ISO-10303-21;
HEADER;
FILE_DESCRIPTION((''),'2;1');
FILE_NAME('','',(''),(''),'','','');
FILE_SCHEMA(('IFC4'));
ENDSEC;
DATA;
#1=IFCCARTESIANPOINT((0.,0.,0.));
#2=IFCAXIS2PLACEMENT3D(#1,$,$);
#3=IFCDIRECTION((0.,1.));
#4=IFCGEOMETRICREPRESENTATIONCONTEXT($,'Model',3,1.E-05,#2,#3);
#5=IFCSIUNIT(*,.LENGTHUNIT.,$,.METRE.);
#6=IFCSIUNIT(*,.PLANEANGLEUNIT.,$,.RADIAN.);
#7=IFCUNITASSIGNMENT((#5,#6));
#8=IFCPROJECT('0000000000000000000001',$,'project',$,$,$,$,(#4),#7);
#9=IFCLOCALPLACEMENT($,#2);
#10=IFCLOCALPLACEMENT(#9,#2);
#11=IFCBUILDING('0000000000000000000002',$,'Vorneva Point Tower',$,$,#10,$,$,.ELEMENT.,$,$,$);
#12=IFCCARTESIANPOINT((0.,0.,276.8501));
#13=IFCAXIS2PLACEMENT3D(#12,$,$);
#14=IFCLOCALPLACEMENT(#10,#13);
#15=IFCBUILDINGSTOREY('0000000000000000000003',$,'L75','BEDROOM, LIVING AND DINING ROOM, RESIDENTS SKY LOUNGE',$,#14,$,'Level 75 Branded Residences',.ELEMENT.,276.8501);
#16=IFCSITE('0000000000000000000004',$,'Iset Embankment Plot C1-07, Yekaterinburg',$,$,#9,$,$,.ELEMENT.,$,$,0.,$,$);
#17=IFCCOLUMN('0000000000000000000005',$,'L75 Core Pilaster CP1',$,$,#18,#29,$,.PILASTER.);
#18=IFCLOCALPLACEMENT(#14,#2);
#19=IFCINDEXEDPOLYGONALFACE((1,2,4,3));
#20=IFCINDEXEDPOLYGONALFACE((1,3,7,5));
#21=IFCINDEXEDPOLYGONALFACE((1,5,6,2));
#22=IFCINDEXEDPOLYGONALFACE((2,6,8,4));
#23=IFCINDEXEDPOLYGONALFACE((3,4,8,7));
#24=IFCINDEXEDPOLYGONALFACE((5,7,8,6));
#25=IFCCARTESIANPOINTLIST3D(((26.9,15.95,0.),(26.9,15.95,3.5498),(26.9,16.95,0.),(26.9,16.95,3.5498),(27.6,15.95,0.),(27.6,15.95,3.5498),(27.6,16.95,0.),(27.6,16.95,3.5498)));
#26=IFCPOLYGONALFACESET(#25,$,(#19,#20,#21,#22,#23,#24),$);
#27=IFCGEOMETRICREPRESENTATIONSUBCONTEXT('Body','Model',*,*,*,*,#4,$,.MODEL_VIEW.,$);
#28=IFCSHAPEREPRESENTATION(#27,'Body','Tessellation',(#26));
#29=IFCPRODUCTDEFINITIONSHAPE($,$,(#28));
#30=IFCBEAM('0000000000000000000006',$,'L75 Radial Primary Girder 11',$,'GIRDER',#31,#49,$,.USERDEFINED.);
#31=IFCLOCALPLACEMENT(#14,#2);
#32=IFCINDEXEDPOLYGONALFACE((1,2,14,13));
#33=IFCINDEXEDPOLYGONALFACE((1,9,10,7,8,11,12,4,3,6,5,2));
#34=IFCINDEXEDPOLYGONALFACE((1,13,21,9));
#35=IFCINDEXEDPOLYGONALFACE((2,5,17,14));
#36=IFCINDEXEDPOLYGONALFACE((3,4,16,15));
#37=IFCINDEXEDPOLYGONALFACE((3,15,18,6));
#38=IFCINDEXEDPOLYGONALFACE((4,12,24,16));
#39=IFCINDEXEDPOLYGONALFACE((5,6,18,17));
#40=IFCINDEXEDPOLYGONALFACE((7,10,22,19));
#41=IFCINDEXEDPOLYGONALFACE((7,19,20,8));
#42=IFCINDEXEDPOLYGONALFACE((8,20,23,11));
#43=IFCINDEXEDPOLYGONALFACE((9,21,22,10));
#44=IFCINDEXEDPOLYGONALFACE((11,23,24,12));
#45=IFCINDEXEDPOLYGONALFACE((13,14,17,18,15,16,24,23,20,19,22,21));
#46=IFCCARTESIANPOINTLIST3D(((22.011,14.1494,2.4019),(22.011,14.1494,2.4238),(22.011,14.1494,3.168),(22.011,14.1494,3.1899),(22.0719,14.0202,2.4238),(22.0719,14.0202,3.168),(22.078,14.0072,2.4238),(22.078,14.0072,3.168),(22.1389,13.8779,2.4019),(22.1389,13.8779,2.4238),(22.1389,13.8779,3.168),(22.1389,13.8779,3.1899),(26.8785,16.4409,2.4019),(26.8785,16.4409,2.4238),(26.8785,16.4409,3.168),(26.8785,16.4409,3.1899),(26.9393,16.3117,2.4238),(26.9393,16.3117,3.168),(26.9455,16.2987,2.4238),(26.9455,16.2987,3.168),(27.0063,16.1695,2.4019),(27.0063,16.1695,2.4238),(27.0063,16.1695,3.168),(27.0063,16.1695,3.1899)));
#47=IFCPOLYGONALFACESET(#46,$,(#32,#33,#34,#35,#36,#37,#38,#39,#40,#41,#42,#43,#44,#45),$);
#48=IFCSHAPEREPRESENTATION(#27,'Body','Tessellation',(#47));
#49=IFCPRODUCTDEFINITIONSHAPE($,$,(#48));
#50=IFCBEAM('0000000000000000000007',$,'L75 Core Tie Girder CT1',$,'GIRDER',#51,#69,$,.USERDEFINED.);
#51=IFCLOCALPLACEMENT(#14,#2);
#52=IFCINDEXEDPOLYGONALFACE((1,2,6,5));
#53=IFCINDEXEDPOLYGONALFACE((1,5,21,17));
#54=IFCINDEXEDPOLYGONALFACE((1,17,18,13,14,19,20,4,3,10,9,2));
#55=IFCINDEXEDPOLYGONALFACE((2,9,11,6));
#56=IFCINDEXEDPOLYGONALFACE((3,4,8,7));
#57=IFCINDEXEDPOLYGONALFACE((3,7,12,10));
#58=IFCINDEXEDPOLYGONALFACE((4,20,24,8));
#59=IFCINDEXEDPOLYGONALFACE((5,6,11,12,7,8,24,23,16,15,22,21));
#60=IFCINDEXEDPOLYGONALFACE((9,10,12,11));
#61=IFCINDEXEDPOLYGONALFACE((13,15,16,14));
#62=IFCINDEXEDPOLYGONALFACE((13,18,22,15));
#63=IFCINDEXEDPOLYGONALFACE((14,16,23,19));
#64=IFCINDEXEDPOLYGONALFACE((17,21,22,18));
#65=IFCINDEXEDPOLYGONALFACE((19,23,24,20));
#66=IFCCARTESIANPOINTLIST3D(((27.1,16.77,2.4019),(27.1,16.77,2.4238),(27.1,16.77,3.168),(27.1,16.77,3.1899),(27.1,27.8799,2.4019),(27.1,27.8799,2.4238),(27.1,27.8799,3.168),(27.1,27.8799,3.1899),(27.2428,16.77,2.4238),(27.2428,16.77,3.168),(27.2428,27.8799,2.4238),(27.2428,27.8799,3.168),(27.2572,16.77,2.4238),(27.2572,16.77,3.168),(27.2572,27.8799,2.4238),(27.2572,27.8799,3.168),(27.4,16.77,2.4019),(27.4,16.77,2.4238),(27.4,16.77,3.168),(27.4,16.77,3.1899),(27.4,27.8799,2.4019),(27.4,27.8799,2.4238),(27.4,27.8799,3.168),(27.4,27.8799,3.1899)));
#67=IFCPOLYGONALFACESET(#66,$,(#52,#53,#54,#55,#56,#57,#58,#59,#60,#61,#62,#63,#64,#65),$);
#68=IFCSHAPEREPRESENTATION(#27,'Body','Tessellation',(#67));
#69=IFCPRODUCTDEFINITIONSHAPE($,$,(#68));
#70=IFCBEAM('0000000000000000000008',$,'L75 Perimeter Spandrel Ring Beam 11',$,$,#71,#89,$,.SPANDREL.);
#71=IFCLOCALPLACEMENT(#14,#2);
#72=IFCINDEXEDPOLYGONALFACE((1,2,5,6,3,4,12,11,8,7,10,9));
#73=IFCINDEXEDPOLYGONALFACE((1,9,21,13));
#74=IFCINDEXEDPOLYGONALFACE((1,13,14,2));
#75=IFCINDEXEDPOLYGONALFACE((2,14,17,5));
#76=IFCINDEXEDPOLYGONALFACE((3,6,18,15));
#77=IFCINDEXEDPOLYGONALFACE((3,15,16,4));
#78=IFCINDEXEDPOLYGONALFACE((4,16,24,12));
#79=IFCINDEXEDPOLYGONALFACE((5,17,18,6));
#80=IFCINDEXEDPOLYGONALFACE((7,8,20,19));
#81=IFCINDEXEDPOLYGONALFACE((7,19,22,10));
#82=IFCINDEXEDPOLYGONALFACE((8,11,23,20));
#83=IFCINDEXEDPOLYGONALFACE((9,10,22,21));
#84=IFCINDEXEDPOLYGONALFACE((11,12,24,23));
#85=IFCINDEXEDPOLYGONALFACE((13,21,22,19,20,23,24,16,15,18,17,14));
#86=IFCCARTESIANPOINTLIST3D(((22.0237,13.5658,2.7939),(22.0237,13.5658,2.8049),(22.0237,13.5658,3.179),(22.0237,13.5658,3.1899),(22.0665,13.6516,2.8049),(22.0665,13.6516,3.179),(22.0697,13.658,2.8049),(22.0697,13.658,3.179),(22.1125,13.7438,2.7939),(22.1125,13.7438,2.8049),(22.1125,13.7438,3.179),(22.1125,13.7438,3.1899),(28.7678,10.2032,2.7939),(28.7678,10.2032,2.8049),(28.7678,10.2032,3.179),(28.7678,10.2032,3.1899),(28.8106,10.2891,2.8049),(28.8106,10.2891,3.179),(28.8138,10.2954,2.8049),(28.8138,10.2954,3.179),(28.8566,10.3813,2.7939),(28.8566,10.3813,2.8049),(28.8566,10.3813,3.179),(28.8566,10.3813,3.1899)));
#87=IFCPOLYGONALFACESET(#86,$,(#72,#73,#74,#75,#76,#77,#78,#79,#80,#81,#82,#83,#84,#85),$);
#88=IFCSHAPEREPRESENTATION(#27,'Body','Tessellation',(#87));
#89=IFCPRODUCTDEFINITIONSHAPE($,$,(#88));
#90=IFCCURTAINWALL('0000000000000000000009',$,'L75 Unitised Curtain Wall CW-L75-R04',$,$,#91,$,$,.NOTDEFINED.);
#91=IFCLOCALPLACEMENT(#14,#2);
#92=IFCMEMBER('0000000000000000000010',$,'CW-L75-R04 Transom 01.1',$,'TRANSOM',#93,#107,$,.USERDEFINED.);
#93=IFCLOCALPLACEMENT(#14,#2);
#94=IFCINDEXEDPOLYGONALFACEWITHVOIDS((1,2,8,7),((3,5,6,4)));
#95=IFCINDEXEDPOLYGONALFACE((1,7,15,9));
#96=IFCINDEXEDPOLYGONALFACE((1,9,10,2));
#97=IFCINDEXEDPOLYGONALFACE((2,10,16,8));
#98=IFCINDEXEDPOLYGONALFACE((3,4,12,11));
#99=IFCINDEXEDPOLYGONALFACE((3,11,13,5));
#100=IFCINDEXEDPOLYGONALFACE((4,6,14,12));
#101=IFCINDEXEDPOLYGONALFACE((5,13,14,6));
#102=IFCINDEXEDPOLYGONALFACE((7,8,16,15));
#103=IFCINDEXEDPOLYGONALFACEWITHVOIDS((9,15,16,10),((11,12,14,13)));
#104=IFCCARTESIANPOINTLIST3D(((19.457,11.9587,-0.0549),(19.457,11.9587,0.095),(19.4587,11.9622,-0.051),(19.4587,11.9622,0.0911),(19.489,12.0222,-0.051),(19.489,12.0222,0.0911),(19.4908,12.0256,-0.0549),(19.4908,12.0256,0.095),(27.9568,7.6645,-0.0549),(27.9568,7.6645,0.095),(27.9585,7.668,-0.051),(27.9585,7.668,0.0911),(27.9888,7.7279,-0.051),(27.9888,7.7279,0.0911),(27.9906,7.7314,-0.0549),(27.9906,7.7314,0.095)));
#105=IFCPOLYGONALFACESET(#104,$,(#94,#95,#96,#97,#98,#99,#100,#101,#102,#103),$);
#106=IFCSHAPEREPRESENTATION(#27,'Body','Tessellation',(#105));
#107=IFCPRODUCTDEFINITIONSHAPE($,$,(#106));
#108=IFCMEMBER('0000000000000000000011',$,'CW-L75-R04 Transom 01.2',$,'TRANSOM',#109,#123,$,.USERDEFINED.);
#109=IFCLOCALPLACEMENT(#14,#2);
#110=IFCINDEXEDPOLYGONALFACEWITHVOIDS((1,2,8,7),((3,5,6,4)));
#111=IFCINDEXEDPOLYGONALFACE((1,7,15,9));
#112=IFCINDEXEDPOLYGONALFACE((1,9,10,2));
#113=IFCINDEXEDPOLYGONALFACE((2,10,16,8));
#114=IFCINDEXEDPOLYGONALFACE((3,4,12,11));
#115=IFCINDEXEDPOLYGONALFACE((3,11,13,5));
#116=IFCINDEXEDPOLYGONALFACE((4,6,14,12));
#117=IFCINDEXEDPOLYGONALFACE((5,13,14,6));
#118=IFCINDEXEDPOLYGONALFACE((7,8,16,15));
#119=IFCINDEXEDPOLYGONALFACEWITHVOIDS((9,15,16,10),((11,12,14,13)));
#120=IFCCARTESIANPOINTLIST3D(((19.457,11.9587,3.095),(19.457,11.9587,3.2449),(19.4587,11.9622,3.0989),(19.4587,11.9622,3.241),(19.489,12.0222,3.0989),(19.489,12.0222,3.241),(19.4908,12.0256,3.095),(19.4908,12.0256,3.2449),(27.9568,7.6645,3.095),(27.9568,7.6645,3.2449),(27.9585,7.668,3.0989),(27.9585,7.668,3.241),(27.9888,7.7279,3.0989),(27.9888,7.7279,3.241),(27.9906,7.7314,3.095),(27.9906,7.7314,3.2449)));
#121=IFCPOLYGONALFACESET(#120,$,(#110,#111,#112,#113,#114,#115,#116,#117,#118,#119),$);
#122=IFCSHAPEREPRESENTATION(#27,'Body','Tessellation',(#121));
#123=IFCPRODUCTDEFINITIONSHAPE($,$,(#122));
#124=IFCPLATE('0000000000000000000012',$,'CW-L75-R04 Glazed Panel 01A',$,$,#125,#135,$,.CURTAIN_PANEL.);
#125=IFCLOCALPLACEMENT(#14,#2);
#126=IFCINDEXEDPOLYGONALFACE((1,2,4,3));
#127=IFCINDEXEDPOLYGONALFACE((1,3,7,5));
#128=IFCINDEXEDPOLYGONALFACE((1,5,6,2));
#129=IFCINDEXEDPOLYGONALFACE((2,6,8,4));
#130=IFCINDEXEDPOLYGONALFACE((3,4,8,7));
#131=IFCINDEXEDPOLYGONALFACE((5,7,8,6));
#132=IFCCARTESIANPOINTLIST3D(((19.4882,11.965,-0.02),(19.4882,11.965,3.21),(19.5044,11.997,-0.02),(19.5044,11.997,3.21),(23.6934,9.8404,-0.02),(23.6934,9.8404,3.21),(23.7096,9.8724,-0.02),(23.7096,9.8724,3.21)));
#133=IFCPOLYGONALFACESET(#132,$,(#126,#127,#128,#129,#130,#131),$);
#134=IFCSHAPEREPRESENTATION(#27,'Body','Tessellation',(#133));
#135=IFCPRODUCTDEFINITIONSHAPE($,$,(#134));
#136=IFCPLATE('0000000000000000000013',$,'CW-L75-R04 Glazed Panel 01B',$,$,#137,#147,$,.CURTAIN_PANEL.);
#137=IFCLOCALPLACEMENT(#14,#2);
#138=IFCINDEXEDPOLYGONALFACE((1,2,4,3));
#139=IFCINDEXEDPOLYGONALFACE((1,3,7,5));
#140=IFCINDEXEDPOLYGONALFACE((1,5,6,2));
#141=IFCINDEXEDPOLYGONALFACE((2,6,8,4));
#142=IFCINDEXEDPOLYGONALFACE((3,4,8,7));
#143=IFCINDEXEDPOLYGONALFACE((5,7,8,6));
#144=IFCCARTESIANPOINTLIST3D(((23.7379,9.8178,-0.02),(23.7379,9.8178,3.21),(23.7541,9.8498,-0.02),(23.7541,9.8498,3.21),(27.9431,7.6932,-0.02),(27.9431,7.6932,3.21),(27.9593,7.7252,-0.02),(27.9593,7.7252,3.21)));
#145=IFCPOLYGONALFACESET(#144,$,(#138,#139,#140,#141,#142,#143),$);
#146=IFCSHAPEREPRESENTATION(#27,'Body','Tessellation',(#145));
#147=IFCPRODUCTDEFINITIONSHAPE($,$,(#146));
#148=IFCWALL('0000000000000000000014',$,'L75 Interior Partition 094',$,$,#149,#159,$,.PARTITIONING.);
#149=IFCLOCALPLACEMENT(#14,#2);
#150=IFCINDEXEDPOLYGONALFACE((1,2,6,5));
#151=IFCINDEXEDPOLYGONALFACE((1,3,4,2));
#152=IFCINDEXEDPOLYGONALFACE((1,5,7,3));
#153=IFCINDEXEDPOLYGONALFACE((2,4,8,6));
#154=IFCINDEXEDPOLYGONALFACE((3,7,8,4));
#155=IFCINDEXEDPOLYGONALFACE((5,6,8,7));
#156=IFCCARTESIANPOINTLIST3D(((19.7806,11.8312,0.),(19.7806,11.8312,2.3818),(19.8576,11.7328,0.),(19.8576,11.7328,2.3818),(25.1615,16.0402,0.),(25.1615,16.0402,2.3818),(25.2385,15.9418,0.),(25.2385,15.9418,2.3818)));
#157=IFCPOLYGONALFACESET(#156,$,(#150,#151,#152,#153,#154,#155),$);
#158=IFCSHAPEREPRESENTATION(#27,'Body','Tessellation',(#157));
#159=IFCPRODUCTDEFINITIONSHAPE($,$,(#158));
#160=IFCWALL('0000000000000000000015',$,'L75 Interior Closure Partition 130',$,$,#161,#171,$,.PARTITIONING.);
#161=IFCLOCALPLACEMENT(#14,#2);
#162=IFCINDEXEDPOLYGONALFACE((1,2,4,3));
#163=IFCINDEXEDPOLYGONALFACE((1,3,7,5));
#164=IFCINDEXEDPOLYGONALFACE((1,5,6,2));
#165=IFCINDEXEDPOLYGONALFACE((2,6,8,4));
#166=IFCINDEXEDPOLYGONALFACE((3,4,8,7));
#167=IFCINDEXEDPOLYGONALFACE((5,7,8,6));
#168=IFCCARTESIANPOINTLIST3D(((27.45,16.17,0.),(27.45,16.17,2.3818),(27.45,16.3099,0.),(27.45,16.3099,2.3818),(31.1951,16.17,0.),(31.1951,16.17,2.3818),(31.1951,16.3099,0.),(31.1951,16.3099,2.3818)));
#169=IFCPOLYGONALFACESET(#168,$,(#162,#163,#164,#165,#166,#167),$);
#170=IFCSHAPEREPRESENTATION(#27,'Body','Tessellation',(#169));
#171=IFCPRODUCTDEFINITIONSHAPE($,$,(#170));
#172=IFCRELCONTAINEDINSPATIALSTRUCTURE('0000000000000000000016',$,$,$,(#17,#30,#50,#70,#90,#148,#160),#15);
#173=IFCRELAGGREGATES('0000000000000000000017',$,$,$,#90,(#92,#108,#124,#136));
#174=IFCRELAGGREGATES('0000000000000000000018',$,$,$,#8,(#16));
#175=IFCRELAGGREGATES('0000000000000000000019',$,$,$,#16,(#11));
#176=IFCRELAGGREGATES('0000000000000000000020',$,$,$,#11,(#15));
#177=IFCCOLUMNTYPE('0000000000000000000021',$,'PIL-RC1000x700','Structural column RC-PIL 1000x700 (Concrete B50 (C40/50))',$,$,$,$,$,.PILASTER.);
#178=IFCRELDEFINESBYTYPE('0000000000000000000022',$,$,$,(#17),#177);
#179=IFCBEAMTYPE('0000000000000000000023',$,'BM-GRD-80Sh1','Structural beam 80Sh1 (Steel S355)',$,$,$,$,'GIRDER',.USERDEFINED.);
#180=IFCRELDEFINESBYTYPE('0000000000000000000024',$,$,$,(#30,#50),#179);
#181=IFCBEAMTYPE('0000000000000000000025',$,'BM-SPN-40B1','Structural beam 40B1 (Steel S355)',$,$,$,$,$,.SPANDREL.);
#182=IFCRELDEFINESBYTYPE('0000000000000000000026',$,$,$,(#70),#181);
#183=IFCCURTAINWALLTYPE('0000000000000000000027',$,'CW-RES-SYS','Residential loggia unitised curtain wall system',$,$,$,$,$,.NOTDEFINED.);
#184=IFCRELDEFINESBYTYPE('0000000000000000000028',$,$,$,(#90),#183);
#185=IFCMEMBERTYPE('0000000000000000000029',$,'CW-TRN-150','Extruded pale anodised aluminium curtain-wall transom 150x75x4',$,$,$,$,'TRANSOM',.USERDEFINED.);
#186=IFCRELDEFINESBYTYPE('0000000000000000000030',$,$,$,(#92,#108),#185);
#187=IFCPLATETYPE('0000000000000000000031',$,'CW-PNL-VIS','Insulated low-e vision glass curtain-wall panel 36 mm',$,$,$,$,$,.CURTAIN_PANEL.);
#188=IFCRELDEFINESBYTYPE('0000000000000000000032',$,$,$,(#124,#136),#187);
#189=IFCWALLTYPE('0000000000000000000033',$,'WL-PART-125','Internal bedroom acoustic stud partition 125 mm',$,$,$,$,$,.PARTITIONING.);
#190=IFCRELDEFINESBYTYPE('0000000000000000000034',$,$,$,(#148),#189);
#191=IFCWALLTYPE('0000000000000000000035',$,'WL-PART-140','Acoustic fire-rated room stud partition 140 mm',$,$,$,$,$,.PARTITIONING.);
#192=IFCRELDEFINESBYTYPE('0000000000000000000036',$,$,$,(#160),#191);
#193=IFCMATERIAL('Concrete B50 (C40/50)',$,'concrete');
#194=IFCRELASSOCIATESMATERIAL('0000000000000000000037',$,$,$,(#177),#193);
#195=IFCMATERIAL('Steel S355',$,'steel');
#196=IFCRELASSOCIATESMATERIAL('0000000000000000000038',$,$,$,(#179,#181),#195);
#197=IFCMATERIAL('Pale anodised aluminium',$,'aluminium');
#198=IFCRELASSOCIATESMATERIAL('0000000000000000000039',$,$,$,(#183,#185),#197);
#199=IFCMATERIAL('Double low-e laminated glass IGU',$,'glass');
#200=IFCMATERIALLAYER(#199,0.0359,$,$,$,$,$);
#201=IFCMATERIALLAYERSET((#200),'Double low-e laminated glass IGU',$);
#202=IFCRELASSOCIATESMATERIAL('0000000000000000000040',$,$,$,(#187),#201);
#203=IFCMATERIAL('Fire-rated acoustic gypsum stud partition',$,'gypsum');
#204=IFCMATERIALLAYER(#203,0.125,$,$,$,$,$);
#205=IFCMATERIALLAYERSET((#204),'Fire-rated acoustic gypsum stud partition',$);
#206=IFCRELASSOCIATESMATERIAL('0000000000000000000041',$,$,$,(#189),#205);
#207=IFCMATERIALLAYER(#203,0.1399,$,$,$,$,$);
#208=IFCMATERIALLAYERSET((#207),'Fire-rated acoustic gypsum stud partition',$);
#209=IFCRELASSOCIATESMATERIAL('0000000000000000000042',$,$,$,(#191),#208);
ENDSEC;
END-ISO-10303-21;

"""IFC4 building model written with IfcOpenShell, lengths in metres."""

from ifc_helpers import new_model, si_unit, direction, frame, frame_2d, origin, origin_2d, place, context, subcontext, project, spatial, rectangle, hollow_rectangle, i_section, extrude, material, layer, layer_set, material_profile, profile_set, type_object, element, aggregate, save


model = new_model("IFC4")

# Units and contexts
model_context = context("Model", 3, precision=1e-05, world=origin(), true_north=direction((0.0, 1.0)))
body_context = subcontext(model_context, "Body", "Model", "MODEL_VIEW")
ifc_project = project(units=[si_unit("LENGTHUNIT", "METRE"), si_unit("PLANEANGLEUNIT", "RADIAN")], contexts=[model_context])

# Site, building, storey
site_placement = place(None, origin())
site = spatial("IfcSite", under=ifc_project, at=site_placement, Name="Iset Embankment Plot C1-07, Yekaterinburg", CompositionType="ELEMENT", RefElevation=0.0)
building_placement = place(site_placement, origin())
building = spatial("IfcBuilding", under=site, at=building_placement, Name="Vorneva Point Tower", CompositionType="ELEMENT")
storey_placement = place(building_placement, frame((0.0, 0.0, 276.8501)))
storey = spatial("IfcBuildingStorey", under=building, at=storey_placement, Name="L75", Description="BEDROOM, LIVING AND DINING ROOM, RESIDENTS SKY LOUNGE", LongName="Level 75 Branded Residences", CompositionType="ELEMENT", Elevation=276.8501)

# Column
ifc_material_1 = material(Name="Concrete B50 (C40/50)", Category="concrete")
ifc_material_profile_1 = material_profile(ifc_material_1, rectangle(XDim=0.7, YDim=1.0, at=origin_2d()), Name="RC-PIL 1000x700")
ifc_profile_set_1 = profile_set([ifc_material_profile_1], Name="Concrete B50 (C40/50)")
column_type_1 = type_object("IfcColumnType", Name="PIL-RC1000x700", Description="Structural column RC-PIL 1000x700 (Concrete B50 (C40/50))", PredefinedType="PILASTER", material=ifc_profile_set_1)
column_1_placement = place(storey_placement, frame((27.25, 16.45, 0.0), z_axis=(0.0, 0.0, 1.0), x_axis=(1.0, 0.0, 0.0)))
element("IfcColumn", 1, at=column_1_placement, inside=storey, type_object=column_type_1, Name="L75 Core Pilaster CP1", PredefinedType="PILASTER", context=body_context, shape_type="SweptSolid", body=[
    extrude(rectangle(XDim=0.7, YDim=1.0, at=origin_2d()), origin(), (0.0, 0.0, 1.0), 3.5498),
])

# Beams
ifc_material_2 = material(Name="Steel S355", Category="steel")
ifc_material_profile_2 = material_profile(ifc_material_2, i_section(OverallWidth=0.3, OverallDepth=0.7881, WebThickness=0.0144, FlangeThickness=0.022, at=origin_2d()), Name="80Sh1")
ifc_profile_set_2 = profile_set([ifc_material_profile_2], Name="Steel S355")
beam_type_1 = type_object("IfcBeamType", Name="BM-GRD-80Sh1", Description="Structural beam 80Sh1 (Steel S355)", ElementType="GIRDER", PredefinedType="USERDEFINED", material=ifc_profile_set_2)
beam_1_placement = place(storey_placement, frame((22.075, 14.0137, 2.7959), z_axis=(0.904751, 0.425941, 0.0), x_axis=(-0.425941, 0.904751, 0.0)))
element("IfcBeam", 2, at=beam_1_placement, inside=storey, type_object=beam_type_1, Name="L75 Radial Primary Girder 11", ObjectType="GIRDER", PredefinedType="USERDEFINED", context=body_context, shape_type="SweptSolid", body=[
    extrude(i_section(OverallWidth=0.3, OverallDepth=0.7881, WebThickness=0.0144, FlangeThickness=0.022, at=origin_2d()), origin(), (0.0, 0.0, 1.0), 5.3799),
])
beam_2_placement = place(storey_placement, frame((27.25, 16.77, 2.7959), z_axis=(0.0, 1.0, 0.0), x_axis=(-1.0, 0.0, 0.0)))
element("IfcBeam", 3, at=beam_2_placement, inside=storey, type_object=beam_type_1, Name="L75 Core Tie Girder CT1", ObjectType="GIRDER", PredefinedType="USERDEFINED", context=body_context, shape_type="SweptSolid", body=[
    extrude(i_section(OverallWidth=0.3, OverallDepth=0.7881, WebThickness=0.0144, FlangeThickness=0.022, at=origin_2d()), origin(), (0.0, 0.0, 1.0), 11.1099),
])
ifc_material_profile_3 = material_profile(ifc_material_2, i_section(OverallWidth=0.199, OverallDepth=0.396, WebThickness=0.0071, FlangeThickness=0.011, at=origin_2d()), Name="40B1")
ifc_profile_set_3 = profile_set([ifc_material_profile_3], Name="Steel S355")
beam_type_2 = type_object("IfcBeamType", Name="BM-SPN-40B1", Description="Structural beam 40B1 (Steel S355)", PredefinedType="SPANDREL", material=ifc_profile_set_3)
beam_3_placement = place(storey_placement, frame((22.0681, 13.6548, 2.9919), z_axis=(0.894932, -0.446203, 0.0), x_axis=(0.446203, 0.894932, 0.0)))
element("IfcBeam", 4, at=beam_3_placement, inside=storey, type_object=beam_type_2, Name="L75 Perimeter Spandrel Ring Beam 11", PredefinedType="SPANDREL", context=body_context, shape_type="SweptSolid", body=[
    extrude(i_section(OverallWidth=0.199, OverallDepth=0.396, WebThickness=0.0071, FlangeThickness=0.011, at=origin_2d()), origin(), (0.0, 0.0, 1.0), 7.5359),
])

# Curtain wall, members, plates
ifc_material_3 = material(Name="Pale anodised aluminium", Category="aluminium")
curtain_wall_type = type_object("IfcCurtainWallType", Name="CW-RES-SYS", Description="Residential loggia unitised curtain wall system", PredefinedType="NOTDEFINED", material=ifc_material_3)
curtain_wall_placement = place(storey_placement, origin())
curtain_wall = element("IfcCurtainWall", 5, at=curtain_wall_placement, inside=storey, type_object=curtain_wall_type, Name="L75 Unitised Curtain Wall CW-L75-R04", PredefinedType="NOTDEFINED")
ifc_material_profile_4 = material_profile(ifc_material_3, hollow_rectangle(XDim=0.075, YDim=0.1499, WallThickness=0.0039, at=origin_2d()), Name="AL-TRN 150x75x4")
ifc_profile_set_4 = profile_set([ifc_material_profile_4], Name="Pale anodised aluminium")
member_type = type_object("IfcMemberType", Name="CW-TRN-150", Description="Extruded pale anodised aluminium curtain-wall transom 150x75x4", ElementType="TRANSOM", PredefinedType="USERDEFINED", material=ifc_profile_set_4)
member_1_placement = place(storey_placement, frame((19.4739, 11.9922, 0.02), z_axis=(0.892558, -0.450932, 0.0), x_axis=(0.450932, 0.892558, 0.0)))
member_1 = element("IfcMember", 6, at=member_1_placement, type_object=member_type, Name="CW-L75-R04 Transom 01.1", ObjectType="TRANSOM", PredefinedType="USERDEFINED", context=body_context, shape_type="SweptSolid", body=[
    extrude(hollow_rectangle(XDim=0.075, YDim=0.1499, WallThickness=0.0039, at=origin_2d()), origin(), (0.0, 0.0, 1.0), 9.5229),
])
member_2_placement = place(storey_placement, frame((19.4739, 11.9922, 3.1699), z_axis=(0.892558, -0.450932, 0.0), x_axis=(0.450932, 0.892558, 0.0)))
member_2 = element("IfcMember", 7, at=member_2_placement, type_object=member_type, Name="CW-L75-R04 Transom 01.2", ObjectType="TRANSOM", PredefinedType="USERDEFINED", context=body_context, shape_type="SweptSolid", body=[
    extrude(hollow_rectangle(XDim=0.075, YDim=0.1499, WallThickness=0.0039, at=origin_2d()), origin(), (0.0, 0.0, 1.0), 9.5229),
])
ifc_material_4 = material(Name="Double low-e laminated glass IGU", Category="glass")
ifc_layer_1 = layer(ifc_material_4, 0.0359)
ifc_layer_set_1 = layer_set([ifc_layer_1], Name="Double low-e laminated glass IGU")
plate_type = type_object("IfcPlateType", Name="CW-PNL-VIS", Description="Insulated low-e vision glass curtain-wall panel 36 mm", PredefinedType="CURTAIN_PANEL", material=ifc_layer_set_1)
plate_1_placement = place(storey_placement, frame((21.5989, 10.9187, -0.02), z_axis=(0.0, 0.0, 1.0), x_axis=(0.892554, -0.45094, 0.0)))
plate_1 = element("IfcPlate", 8, at=plate_1_placement, type_object=plate_type, Name="CW-L75-R04 Glazed Panel 01A", PredefinedType="CURTAIN_PANEL", context=body_context, shape_type="SweptSolid", body=[
    extrude(rectangle(XDim=4.7114, YDim=0.0359, at=origin_2d()), origin(), (0.0, 0.0, 1.0), 3.23),
])
plate_2_placement = place(storey_placement, frame((25.8486, 8.7715, -0.02), z_axis=(0.0, 0.0, 1.0), x_axis=(0.892554, -0.45094, 0.0)))
plate_2 = element("IfcPlate", 9, at=plate_2_placement, type_object=plate_type, Name="CW-L75-R04 Glazed Panel 01B", PredefinedType="CURTAIN_PANEL", context=body_context, shape_type="SweptSolid", body=[
    extrude(rectangle(XDim=4.7114, YDim=0.0359, at=origin_2d()), origin(), (0.0, 0.0, 1.0), 3.23),
])
aggregate(curtain_wall, [member_1, member_2, plate_1, plate_2])

# Walls
ifc_material_5 = material(Name="Fire-rated acoustic gypsum stud partition", Category="gypsum")
ifc_layer_2 = layer(ifc_material_5, 0.125)
ifc_layer_set_2 = layer_set([ifc_layer_2], Name="Fire-rated acoustic gypsum stud partition")
wall_type_1 = type_object("IfcWallType", Name="WL-PART-125", Description="Internal bedroom acoustic stud partition 125 mm", PredefinedType="PARTITIONING", material=ifc_layer_set_2)
wall_1_placement = place(storey_placement, frame((19.8191, 11.782, 0.0), z_axis=(0.0, 0.0, 1.0), x_axis=(0.787656, 0.616116, 0.0)))
element("IfcWall", 10, at=wall_1_placement, inside=storey, type_object=wall_type_1, Name="L75 Interior Partition 094", PredefinedType="PARTITIONING", context=body_context, shape_type="SweptSolid", body=[
    extrude(rectangle(XDim=6.8315, YDim=0.125, at=frame_2d((3.4158, 0.0))), origin(), (0.0, 0.0, 1.0), 2.3818),
])
ifc_layer_3 = layer(ifc_material_5, 0.1399)
ifc_layer_set_3 = layer_set([ifc_layer_3], Name="Fire-rated acoustic gypsum stud partition")
wall_type_2 = type_object("IfcWallType", Name="WL-PART-140", Description="Acoustic fire-rated room stud partition 140 mm", PredefinedType="PARTITIONING", material=ifc_layer_set_3)
wall_2_placement = place(storey_placement, frame((27.45, 16.24, 0.0), z_axis=(0.0, 0.0, 1.0), x_axis=(1.0, 0.0, 0.0)))
element("IfcWall", 11, at=wall_2_placement, inside=storey, type_object=wall_type_2, Name="L75 Interior Closure Partition 130", PredefinedType="PARTITIONING", context=body_context, shape_type="SweptSolid", body=[
    extrude(rectangle(XDim=3.7451, YDim=0.1399, at=frame_2d((1.8726, 0.0))), origin(), (0.0, 0.0, 1.0), 2.3818),
])

save(model, "model.ifc")
